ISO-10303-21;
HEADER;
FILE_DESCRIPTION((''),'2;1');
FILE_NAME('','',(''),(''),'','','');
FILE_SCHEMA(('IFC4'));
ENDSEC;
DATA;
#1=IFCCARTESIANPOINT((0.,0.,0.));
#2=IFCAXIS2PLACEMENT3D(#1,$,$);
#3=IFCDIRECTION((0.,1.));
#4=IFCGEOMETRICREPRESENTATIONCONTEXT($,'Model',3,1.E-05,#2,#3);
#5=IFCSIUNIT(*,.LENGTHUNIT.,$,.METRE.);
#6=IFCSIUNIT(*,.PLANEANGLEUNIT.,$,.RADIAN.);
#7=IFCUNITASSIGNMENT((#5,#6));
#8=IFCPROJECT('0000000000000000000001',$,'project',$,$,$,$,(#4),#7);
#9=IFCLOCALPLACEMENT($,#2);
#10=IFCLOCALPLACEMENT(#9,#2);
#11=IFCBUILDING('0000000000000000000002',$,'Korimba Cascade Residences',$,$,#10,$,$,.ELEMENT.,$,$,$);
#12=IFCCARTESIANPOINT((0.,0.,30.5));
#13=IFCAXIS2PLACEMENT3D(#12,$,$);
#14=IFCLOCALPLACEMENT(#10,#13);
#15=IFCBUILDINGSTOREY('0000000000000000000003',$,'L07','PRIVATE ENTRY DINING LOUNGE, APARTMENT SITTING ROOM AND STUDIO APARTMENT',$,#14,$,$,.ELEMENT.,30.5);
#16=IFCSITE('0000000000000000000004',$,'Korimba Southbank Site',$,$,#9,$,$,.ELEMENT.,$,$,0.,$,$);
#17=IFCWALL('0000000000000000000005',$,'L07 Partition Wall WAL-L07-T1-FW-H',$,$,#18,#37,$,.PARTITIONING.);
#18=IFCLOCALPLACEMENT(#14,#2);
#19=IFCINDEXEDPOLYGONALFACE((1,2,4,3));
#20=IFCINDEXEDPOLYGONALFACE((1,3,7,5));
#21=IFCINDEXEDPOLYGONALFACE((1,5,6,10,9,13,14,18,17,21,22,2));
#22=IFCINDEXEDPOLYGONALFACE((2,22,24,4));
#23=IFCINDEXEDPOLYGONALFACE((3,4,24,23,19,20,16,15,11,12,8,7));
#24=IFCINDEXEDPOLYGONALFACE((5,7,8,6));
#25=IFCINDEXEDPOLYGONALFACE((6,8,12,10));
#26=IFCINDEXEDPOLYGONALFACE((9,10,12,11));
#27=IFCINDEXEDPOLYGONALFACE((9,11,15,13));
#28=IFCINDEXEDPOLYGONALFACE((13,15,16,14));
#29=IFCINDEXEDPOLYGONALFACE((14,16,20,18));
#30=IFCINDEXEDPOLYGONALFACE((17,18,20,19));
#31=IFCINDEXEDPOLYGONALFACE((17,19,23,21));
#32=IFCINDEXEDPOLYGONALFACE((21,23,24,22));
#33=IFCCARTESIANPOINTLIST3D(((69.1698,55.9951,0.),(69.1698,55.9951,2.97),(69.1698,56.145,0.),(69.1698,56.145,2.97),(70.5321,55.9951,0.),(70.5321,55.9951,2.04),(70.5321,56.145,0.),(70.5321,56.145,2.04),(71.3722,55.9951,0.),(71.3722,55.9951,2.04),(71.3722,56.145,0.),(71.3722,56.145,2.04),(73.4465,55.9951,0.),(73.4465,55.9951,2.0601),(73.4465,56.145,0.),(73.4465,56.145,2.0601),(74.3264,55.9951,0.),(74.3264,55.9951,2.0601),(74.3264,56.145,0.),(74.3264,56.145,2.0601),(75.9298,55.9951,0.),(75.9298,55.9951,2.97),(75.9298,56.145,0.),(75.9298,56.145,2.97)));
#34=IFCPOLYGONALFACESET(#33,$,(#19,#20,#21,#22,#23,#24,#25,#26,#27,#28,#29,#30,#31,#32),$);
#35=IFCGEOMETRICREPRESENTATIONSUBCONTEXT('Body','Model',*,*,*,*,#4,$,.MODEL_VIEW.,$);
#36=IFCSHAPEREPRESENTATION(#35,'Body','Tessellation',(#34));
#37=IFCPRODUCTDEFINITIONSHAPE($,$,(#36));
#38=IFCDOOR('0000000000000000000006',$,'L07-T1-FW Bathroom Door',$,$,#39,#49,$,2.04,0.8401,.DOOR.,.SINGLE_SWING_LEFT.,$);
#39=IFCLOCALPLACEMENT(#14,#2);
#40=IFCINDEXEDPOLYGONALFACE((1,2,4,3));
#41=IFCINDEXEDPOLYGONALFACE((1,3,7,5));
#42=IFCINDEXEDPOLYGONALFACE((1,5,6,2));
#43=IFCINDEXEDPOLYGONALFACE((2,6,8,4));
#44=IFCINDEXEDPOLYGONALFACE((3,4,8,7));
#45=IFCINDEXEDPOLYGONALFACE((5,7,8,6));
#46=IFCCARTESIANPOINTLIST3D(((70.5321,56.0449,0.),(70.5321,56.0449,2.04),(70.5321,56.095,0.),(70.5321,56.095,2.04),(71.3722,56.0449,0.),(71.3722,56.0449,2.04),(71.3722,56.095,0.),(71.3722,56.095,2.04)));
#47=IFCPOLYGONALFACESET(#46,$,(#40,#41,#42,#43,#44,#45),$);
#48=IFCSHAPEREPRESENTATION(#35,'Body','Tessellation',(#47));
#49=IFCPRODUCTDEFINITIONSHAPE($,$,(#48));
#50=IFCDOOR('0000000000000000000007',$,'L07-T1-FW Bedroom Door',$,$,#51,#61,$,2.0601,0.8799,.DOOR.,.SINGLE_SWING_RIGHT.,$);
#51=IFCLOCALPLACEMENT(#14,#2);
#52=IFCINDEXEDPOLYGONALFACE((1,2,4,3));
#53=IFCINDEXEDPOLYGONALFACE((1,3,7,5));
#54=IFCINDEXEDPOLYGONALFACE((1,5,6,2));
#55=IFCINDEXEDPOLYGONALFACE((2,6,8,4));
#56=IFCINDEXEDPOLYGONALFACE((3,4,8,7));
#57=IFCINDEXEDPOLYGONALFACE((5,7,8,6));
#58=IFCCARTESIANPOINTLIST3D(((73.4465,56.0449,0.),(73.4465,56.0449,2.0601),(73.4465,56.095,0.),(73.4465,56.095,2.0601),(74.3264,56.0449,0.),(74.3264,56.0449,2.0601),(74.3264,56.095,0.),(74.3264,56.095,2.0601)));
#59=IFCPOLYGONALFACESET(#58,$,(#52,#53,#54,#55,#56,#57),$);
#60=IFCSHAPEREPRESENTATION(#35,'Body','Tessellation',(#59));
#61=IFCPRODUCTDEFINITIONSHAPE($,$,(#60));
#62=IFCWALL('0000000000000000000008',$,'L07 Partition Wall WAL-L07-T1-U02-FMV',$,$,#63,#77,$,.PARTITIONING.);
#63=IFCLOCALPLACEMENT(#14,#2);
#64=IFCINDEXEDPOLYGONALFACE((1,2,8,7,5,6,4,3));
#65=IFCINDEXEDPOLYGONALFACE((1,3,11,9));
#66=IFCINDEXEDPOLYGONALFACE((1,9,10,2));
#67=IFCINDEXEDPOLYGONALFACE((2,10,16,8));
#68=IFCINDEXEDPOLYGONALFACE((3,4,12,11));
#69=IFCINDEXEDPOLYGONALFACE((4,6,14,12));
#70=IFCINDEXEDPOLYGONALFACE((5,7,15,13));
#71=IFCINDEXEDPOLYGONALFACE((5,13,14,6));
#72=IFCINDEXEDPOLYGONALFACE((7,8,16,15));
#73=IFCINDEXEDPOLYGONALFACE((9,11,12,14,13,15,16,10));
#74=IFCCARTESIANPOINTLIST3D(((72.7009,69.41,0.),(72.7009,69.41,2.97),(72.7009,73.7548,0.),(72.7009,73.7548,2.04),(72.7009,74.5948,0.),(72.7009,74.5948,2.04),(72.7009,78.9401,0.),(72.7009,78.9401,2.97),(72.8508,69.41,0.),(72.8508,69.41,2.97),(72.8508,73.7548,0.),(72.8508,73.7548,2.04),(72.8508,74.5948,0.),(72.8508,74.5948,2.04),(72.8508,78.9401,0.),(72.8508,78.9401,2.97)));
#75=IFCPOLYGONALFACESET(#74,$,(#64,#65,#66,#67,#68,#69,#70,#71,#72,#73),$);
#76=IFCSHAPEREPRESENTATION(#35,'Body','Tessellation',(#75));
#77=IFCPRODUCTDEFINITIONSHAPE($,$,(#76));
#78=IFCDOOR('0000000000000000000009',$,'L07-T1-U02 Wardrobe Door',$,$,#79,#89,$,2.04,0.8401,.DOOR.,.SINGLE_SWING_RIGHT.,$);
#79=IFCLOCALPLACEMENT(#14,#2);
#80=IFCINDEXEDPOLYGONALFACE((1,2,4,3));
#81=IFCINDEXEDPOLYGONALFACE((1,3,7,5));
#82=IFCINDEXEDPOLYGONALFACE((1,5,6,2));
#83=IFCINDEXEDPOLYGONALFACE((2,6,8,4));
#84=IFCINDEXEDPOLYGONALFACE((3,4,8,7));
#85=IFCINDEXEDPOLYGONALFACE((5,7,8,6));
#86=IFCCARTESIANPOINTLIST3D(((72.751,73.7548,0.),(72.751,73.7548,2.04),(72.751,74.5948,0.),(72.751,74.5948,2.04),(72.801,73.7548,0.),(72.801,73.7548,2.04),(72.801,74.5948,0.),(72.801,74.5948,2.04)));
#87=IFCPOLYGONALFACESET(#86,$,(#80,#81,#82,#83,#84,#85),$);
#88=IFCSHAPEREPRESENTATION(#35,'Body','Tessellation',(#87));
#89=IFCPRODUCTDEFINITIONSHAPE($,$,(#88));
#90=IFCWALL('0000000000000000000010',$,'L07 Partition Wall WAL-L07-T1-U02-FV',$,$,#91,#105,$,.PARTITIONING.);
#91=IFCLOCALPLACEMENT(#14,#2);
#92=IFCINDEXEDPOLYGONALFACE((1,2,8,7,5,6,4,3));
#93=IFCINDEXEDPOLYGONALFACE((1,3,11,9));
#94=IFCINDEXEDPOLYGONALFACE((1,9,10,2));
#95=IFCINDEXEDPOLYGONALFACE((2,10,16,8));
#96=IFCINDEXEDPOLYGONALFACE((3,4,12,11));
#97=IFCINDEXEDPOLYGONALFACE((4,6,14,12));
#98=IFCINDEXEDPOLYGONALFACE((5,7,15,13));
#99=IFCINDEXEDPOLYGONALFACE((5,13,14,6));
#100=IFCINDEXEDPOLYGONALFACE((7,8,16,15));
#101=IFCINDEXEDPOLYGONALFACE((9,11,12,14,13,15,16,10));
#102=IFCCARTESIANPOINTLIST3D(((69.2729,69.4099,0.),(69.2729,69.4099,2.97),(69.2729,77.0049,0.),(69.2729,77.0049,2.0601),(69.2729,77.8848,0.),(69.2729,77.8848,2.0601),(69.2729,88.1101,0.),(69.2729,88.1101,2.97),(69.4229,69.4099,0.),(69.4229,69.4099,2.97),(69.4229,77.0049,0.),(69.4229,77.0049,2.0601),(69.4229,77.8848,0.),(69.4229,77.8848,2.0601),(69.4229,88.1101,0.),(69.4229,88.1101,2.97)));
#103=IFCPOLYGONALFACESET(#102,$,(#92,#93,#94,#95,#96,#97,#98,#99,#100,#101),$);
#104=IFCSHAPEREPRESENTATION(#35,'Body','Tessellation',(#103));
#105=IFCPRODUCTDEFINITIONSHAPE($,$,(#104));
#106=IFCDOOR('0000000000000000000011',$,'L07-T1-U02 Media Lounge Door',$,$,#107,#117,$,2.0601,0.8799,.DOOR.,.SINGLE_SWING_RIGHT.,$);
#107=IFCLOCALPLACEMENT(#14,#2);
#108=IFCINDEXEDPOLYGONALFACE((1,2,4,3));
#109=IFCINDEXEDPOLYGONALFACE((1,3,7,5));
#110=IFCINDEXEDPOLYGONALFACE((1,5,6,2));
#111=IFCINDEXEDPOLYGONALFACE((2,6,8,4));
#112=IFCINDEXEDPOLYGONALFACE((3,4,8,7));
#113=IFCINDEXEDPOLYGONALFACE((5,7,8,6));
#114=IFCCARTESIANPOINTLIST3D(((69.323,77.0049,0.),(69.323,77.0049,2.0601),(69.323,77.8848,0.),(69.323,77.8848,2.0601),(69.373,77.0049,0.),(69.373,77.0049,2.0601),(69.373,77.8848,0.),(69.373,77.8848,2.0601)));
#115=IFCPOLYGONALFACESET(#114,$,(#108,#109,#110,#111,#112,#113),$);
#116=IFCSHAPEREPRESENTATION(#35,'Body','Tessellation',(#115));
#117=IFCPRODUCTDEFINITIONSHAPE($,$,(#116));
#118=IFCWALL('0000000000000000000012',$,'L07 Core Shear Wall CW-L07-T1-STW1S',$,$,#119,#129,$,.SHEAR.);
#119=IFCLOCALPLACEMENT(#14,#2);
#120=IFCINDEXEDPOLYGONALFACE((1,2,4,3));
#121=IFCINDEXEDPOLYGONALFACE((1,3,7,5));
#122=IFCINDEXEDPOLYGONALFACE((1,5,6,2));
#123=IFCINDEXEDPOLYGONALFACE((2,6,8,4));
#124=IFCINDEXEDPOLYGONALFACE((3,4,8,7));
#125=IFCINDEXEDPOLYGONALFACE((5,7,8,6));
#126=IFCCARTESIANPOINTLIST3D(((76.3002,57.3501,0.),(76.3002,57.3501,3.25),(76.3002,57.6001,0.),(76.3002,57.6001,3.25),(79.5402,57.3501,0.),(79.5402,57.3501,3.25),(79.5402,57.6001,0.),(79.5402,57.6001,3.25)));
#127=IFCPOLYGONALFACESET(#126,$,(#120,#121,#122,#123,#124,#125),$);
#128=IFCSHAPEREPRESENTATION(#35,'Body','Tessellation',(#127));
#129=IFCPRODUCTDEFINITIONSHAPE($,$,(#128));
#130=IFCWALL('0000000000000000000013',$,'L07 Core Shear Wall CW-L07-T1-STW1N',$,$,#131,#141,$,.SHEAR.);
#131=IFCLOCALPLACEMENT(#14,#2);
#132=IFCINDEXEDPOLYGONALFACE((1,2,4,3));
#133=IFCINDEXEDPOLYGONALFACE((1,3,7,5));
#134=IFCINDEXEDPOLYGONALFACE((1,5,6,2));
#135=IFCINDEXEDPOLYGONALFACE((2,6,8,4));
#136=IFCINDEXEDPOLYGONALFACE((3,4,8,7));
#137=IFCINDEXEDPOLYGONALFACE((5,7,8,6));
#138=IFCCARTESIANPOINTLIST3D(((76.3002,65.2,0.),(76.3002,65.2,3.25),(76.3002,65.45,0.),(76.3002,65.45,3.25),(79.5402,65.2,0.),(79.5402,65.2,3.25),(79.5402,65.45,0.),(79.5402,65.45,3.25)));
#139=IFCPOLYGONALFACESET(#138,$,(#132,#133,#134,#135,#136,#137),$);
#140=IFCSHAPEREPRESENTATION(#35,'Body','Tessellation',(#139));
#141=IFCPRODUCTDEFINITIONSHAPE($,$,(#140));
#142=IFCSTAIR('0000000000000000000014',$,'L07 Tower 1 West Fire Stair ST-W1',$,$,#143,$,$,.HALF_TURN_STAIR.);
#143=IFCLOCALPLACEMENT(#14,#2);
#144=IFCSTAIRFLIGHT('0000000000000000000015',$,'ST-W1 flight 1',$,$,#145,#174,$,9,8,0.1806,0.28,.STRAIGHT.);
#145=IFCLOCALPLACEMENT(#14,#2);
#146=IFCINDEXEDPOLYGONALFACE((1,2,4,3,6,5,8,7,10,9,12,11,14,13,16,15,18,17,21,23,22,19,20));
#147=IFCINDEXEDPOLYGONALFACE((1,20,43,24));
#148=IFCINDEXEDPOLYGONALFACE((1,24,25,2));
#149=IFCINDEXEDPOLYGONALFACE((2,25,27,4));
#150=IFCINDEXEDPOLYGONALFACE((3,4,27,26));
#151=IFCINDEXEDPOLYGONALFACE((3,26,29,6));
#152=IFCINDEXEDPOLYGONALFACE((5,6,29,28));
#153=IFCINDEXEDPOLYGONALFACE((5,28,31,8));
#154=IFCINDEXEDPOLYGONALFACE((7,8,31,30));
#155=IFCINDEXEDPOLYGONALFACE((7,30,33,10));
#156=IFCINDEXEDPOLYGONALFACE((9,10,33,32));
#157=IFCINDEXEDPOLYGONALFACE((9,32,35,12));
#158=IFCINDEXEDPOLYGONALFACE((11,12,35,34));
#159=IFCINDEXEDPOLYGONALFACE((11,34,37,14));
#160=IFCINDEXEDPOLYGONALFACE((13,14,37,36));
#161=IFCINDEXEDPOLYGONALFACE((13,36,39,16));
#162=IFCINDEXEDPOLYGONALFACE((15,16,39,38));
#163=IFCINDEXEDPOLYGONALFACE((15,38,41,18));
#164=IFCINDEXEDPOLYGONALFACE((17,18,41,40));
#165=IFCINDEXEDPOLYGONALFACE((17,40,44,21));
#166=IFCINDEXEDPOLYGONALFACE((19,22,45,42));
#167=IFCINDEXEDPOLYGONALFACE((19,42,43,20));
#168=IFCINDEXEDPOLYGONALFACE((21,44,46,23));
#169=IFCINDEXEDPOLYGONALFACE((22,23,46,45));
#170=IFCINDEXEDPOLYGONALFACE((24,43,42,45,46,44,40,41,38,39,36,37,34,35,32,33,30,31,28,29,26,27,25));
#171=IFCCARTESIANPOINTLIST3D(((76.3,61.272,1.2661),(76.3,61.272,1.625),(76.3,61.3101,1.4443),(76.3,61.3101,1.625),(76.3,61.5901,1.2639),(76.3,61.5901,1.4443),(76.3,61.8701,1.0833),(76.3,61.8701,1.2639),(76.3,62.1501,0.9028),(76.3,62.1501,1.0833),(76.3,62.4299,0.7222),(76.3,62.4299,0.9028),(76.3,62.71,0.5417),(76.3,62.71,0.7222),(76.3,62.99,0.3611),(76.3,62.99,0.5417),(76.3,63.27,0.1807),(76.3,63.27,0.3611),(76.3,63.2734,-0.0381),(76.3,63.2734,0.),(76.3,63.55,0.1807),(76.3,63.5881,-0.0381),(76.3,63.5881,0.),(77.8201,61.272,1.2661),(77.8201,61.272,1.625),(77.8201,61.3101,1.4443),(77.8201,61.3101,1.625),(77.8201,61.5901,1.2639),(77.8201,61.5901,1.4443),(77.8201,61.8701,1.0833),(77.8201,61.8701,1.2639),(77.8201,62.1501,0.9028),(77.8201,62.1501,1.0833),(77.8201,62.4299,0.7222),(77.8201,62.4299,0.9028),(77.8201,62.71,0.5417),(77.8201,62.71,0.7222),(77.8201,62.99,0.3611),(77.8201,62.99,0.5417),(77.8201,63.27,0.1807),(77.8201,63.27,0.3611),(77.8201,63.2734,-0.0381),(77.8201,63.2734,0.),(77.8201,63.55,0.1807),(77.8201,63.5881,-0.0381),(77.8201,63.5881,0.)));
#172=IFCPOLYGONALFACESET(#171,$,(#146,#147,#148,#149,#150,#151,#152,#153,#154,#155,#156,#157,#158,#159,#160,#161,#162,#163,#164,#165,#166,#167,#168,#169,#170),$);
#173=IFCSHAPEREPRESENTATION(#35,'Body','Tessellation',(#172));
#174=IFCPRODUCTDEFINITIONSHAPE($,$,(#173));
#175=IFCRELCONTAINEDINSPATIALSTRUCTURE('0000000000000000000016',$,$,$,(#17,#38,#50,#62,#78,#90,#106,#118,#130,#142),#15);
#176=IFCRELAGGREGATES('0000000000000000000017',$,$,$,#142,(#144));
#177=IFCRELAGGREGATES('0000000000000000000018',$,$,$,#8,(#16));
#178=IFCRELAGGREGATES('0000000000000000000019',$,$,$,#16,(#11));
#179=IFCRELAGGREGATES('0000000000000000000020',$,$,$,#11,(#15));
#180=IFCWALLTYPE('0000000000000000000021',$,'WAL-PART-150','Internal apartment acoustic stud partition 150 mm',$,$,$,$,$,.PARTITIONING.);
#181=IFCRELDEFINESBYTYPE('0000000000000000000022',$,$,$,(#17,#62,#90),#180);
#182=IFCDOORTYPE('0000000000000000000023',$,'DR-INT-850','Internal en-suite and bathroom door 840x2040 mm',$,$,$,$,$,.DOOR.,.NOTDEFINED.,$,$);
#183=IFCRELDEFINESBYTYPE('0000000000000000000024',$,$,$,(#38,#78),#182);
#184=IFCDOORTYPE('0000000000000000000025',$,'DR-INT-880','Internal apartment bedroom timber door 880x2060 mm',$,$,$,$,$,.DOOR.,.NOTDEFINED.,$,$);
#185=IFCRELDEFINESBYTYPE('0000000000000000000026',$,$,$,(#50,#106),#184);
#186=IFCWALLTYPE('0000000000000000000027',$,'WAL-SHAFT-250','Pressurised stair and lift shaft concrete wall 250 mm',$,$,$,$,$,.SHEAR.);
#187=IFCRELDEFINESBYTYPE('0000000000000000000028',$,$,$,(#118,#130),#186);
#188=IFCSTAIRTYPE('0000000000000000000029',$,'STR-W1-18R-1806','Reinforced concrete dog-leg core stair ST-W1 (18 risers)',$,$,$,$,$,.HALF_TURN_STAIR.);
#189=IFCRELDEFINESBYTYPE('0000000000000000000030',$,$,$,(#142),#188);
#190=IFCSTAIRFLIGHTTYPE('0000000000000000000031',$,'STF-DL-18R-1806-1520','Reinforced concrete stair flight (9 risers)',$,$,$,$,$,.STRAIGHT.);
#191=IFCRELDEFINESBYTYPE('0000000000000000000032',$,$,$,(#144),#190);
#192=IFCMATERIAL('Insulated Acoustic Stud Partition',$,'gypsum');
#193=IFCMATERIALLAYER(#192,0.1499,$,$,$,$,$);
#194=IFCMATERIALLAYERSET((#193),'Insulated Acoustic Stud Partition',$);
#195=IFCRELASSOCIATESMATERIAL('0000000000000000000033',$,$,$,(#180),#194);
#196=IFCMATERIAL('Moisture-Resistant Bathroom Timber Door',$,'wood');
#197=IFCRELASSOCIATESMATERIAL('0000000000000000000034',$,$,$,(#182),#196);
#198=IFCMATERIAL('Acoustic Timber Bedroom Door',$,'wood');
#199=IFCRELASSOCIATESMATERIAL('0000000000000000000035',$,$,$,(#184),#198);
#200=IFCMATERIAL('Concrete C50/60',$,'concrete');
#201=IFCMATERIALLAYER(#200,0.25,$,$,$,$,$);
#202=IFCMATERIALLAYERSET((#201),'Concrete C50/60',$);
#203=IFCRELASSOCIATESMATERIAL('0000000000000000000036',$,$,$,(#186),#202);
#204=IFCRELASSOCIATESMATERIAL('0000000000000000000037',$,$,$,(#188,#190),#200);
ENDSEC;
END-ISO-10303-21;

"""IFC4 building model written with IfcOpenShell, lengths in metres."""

from ifc_helpers import new_model, si_unit, direction, frame, frame_2d, origin, place, context, subcontext, project, spatial, polyline, rectangle, outline, extrude, material, layer, layer_set, type_object, element, fill, aggregate, save


model = new_model("IFC4")

# Units and contexts
model_context = context("Model", 3, precision=1e-05, world=origin(), true_north=direction((0.0, 1.0)))
body_context = subcontext(model_context, "Body", "Model", "MODEL_VIEW")
ifc_project = project(units=[si_unit("LENGTHUNIT", "METRE"), si_unit("PLANEANGLEUNIT", "RADIAN")], contexts=[model_context])

# Site, building, storey
site_placement = place(None, origin())
site = spatial("IfcSite", under=ifc_project, at=site_placement, Name="Korimba Southbank Site", CompositionType="ELEMENT", RefElevation=0.0)
building_placement = place(site_placement, origin())
building = spatial("IfcBuilding", under=site, at=building_placement, Name="Korimba Cascade Residences", CompositionType="ELEMENT")
storey_placement = place(building_placement, frame((0.0, 0.0, 30.5)))
storey = spatial("IfcBuildingStorey", under=building, at=storey_placement, Name="L07", Description="PRIVATE ENTRY DINING LOUNGE, APARTMENT SITTING ROOM AND STUDIO APARTMENT", CompositionType="ELEMENT", Elevation=30.5)

# Shared definitions
ifc_material_1 = material(Name="Concrete C50/60", Category="concrete")

# Shared definitions
ifc_material_2 = material(Name="Insulated Acoustic Stud Partition", Category="gypsum")
ifc_layer_1 = layer(ifc_material_2, 0.1499)
ifc_layer_set_1 = layer_set([ifc_layer_1], Name="Insulated Acoustic Stud Partition")
wall_type_1 = type_object("IfcWallType", Name="WAL-PART-150", Description="Internal apartment acoustic stud partition 150 mm", PredefinedType="PARTITIONING", material=ifc_layer_set_1)

# Wall, openings, doors
wall_1_placement = place(storey_placement, frame((69.1699, 56.0701, 0.0), z_axis=(0.0, 0.0, 1.0), x_axis=(1.0, 0.0, 0.0)))
wall_1 = element("IfcWall", 1, at=wall_1_placement, inside=storey, type_object=wall_type_1, Name="L07 Partition Wall WAL-L07-T1-FW-H", PredefinedType="PARTITIONING", context=body_context, shape_type="SweptSolid", body=[
    extrude(rectangle(XDim=6.76, YDim=0.1499, at=frame_2d((3.3799, 0.0))), origin(), (0.0, 0.0, 1.0), 2.97),
])
opening_1_placement = place(wall_1_placement, frame((1.3623, 0.0, 0.0)))
opening_1 = element("IfcOpeningElement", 2, at=opening_1_placement, cuts=wall_1, PredefinedType="OPENING", context=body_context, shape_type="SweptSolid", body=[
    extrude(rectangle(XDim=0.8401, YDim=2.04, at=frame_2d((0.4199, 1.02))), frame((0.0, 0.085, 0.0), z_axis=(0.0, -1.0, 0.0), x_axis=(1.0, 0.0, 0.0)), (0.0, 0.0, 1.0), 0.1699),
])
opening_2_placement = place(wall_1_placement, frame((4.2766, 0.0, 0.0)))
opening_2 = element("IfcOpeningElement", 3, at=opening_2_placement, cuts=wall_1, PredefinedType="OPENING", context=body_context, shape_type="SweptSolid", body=[
    extrude(rectangle(XDim=0.8799, YDim=2.0601, at=frame_2d((0.4399, 1.03))), frame((0.0, 0.085, 0.0), z_axis=(0.0, -1.0, 0.0), x_axis=(1.0, 0.0, 0.0)), (0.0, 0.0, 1.0), 0.1699),
])
ifc_material_3 = material(Name="Moisture-Resistant Bathroom Timber Door", Category="wood")
door_type_1 = type_object("IfcDoorType", Name="DR-INT-850", Description="Internal en-suite and bathroom door 840x2040 mm", OperationType="NOTDEFINED", PredefinedType="DOOR", material=ifc_material_3)
door_1_placement = place(opening_1_placement, origin())
door_1 = element("IfcDoor", 4, at=door_1_placement, inside=storey, type_object=door_type_1, Name="L07-T1-FW Bathroom Door", OperationType="SINGLE_SWING_LEFT", OverallHeight=2.04, OverallWidth=0.8401, PredefinedType="DOOR", context=body_context, shape_type="SweptSolid", body=[
    extrude(rectangle(XDim=0.8401, YDim=2.04, at=frame_2d((0.4199, 1.02))), frame((0.0, 0.0249, 0.0), z_axis=(0.0, -1.0, 0.0), x_axis=(1.0, 0.0, 0.0)), (0.0, 0.0, 1.0), 0.05),
])
fill(opening_1, door_1)
ifc_material_4 = material(Name="Acoustic Timber Bedroom Door", Category="wood")
door_type_2 = type_object("IfcDoorType", Name="DR-INT-880", Description="Internal apartment bedroom timber door 880x2060 mm", OperationType="NOTDEFINED", PredefinedType="DOOR", material=ifc_material_4)
door_2_placement = place(opening_2_placement, origin())
door_2 = element("IfcDoor", 5, at=door_2_placement, inside=storey, type_object=door_type_2, Name="L07-T1-FW Bedroom Door", OperationType="SINGLE_SWING_RIGHT", OverallHeight=2.0601, OverallWidth=0.8799, PredefinedType="DOOR", context=body_context, shape_type="SweptSolid", body=[
    extrude(rectangle(XDim=0.8799, YDim=2.0601, at=frame_2d((0.4399, 1.03))), frame((0.0, 0.0249, 0.0), z_axis=(0.0, -1.0, 0.0), x_axis=(1.0, 0.0, 0.0)), (0.0, 0.0, 1.0), 0.05),
])
fill(opening_2, door_2)

# Walls, openings, doors
wall_2_placement = place(storey_placement, frame((72.7759, 69.4099, 0.0), z_axis=(0.0, 0.0, 1.0), x_axis=(0.0, 1.0, 0.0)))
wall_2 = element("IfcWall", 6, at=wall_2_placement, inside=storey, type_object=wall_type_1, Name="L07 Partition Wall WAL-L07-T1-U02-FMV", PredefinedType="PARTITIONING", context=body_context, shape_type="SweptSolid", body=[
    extrude(rectangle(XDim=9.53, YDim=0.1499, at=frame_2d((4.7651, 0.0))), origin(), (0.0, 0.0, 1.0), 2.97),
])
opening_3_placement = place(wall_2_placement, frame((4.345, 0.0, 0.0)))
opening_3 = element("IfcOpeningElement", 7, at=opening_3_placement, cuts=wall_2, PredefinedType="OPENING", context=body_context, shape_type="SweptSolid", body=[
    extrude(rectangle(XDim=0.8401, YDim=2.04, at=frame_2d((0.4199, 1.02))), frame((0.0, 0.085, 0.0), z_axis=(0.0, -1.0, 0.0), x_axis=(1.0, 0.0, 0.0)), (0.0, 0.0, 1.0), 0.1699),
])
door_3_placement = place(opening_3_placement, origin())
door_3 = element("IfcDoor", 8, at=door_3_placement, inside=storey, type_object=door_type_1, Name="L07-T1-U02 Wardrobe Door", OperationType="SINGLE_SWING_RIGHT", OverallHeight=2.04, OverallWidth=0.8401, PredefinedType="DOOR", context=body_context, shape_type="SweptSolid", body=[
    extrude(rectangle(XDim=0.8401, YDim=2.04, at=frame_2d((0.4199, 1.02))), frame((0.0, 0.0249, 0.0), z_axis=(0.0, -1.0, 0.0), x_axis=(1.0, 0.0, 0.0)), (0.0, 0.0, 1.0), 0.05),
])
fill(opening_3, door_3)
wall_3_placement = place(storey_placement, frame((69.3479, 69.4099, 0.0), z_axis=(0.0, 0.0, 1.0), x_axis=(0.0, 1.0, 0.0)))
wall_3 = element("IfcWall", 9, at=wall_3_placement, inside=storey, type_object=wall_type_1, Name="L07 Partition Wall WAL-L07-T1-U02-FV", PredefinedType="PARTITIONING", context=body_context, shape_type="SweptSolid", body=[
    extrude(rectangle(XDim=18.7002, YDim=0.1499, at=frame_2d((9.3501, 0.0))), origin(), (0.0, 0.0, 1.0), 2.97),
])
opening_4_placement = place(wall_3_placement, frame((7.595, 0.0, 0.0)))
opening_4 = element("IfcOpeningElement", 10, at=opening_4_placement, cuts=wall_3, PredefinedType="OPENING", context=body_context, shape_type="SweptSolid", body=[
    extrude(rectangle(XDim=0.8799, YDim=2.0601, at=frame_2d((0.4399, 1.03))), frame((0.0, 0.085, 0.0), z_axis=(0.0, -1.0, 0.0), x_axis=(1.0, 0.0, 0.0)), (0.0, 0.0, 1.0), 0.1699),
])
door_4_placement = place(opening_4_placement, origin())
door_4 = element("IfcDoor", 11, at=door_4_placement, inside=storey, type_object=door_type_2, Name="L07-T1-U02 Media Lounge Door", OperationType="SINGLE_SWING_RIGHT", OverallHeight=2.0601, OverallWidth=0.8799, PredefinedType="DOOR", context=body_context, shape_type="SweptSolid", body=[
    extrude(rectangle(XDim=0.8799, YDim=2.0601, at=frame_2d((0.4399, 1.03))), frame((0.0, 0.0249, 0.0), z_axis=(0.0, -1.0, 0.0), x_axis=(1.0, 0.0, 0.0)), (0.0, 0.0, 1.0), 0.05),
])
fill(opening_4, door_4)

# Walls
ifc_layer_2 = layer(ifc_material_1, 0.25)
ifc_layer_set_2 = layer_set([ifc_layer_2], Name="Concrete C50/60")
wall_type_2 = type_object("IfcWallType", Name="WAL-SHAFT-250", Description="Pressurised stair and lift shaft concrete wall 250 mm", PredefinedType="SHEAR", material=ifc_layer_set_2)
for number, where, z_axis, x_axis, name in (
    (12, (76.3, 57.4751, 0.0), (0.0, 0.0, 1.0), (1.0, 0.0, 0.0), "L07 Core Shear Wall CW-L07-T1-STW1S"),
    (13, (76.3, 65.325, 0.0), (0.0, 0.0, 1.0), (1.0, 0.0, 0.0), "L07 Core Shear Wall CW-L07-T1-STW1N"),
):
    element("IfcWall", number, at=place(storey_placement, frame(where, z_axis=z_axis, x_axis=x_axis)), inside=storey, type_object=wall_type_2, Name=name, PredefinedType="SHEAR", context=body_context, shape_type="SweptSolid", body=[
        extrude(rectangle(XDim=3.24, YDim=0.25, at=frame_2d((1.6201, 0.0))), origin(), (0.0, 0.0, 1.0), 3.25),
    ])

# Stair, stair flight
stair_type = type_object("IfcStairType", Name="STR-W1-18R-1806", Description="Reinforced concrete dog-leg core stair ST-W1 (18 risers)", PredefinedType="HALF_TURN_STAIR", material=ifc_material_1)
stair_placement = place(storey_placement, origin())
stair = element("IfcStair", 14, at=stair_placement, inside=storey, type_object=stair_type, Name="L07 Tower 1 West Fire Stair ST-W1", PredefinedType="HALF_TURN_STAIR")
stair_flight_type = type_object("IfcStairFlightType", Name="STF-DL-18R-1806-1520", Description="Reinforced concrete stair flight (9 risers)", PredefinedType="STRAIGHT", material=ifc_material_1)
stair_flight_placement = place(storey_placement, frame((77.0601, 63.55, 0.0), z_axis=(0.0, 0.0, 1.0), x_axis=(0.0, -1.0, 0.0)))
stair_flight = element("IfcStairFlight", 15, at=stair_flight_placement, type_object=stair_flight_type, Name="ST-W1 flight 1", NumberOfRisers=9, NumberOfTreads=8, PredefinedType="STRAIGHT", RiserHeight=0.1806, TreadLength=0.28, context=body_context, shape_type="SweptSolid", body=[
    extrude(outline(polyline([(-0.0381, 0.0), (0.0, 0.1807), (0.28, 0.1807), (0.28, 0.3611), (0.5601, 0.3611), (0.5601, 0.5417), (0.8401, 0.5417), (0.8401, 0.7222), (1.1201, 0.7222), (1.1201, 0.9028), (1.3999, 0.9028), (1.3999, 1.0833), (1.6799, 1.0833), (1.6799, 1.2639), (1.96, 1.2639), (1.96, 1.4443), (2.24, 1.4443), (2.24, 1.625), (2.2781, 1.625), (2.2781, 1.2661), (0.2766, 0.0), (0.2766, -0.0381), (-0.0381, -0.0381), (-0.0381, 0.0)])), frame((0.0, 0.76, 0.0), z_axis=(0.0, -1.0, 0.0), x_axis=(1.0, 0.0, 0.0)), (0.0, 0.0, 1.0), 1.52),
])
aggregate(stair, [stair_flight])

save(model, "model.ifc")
